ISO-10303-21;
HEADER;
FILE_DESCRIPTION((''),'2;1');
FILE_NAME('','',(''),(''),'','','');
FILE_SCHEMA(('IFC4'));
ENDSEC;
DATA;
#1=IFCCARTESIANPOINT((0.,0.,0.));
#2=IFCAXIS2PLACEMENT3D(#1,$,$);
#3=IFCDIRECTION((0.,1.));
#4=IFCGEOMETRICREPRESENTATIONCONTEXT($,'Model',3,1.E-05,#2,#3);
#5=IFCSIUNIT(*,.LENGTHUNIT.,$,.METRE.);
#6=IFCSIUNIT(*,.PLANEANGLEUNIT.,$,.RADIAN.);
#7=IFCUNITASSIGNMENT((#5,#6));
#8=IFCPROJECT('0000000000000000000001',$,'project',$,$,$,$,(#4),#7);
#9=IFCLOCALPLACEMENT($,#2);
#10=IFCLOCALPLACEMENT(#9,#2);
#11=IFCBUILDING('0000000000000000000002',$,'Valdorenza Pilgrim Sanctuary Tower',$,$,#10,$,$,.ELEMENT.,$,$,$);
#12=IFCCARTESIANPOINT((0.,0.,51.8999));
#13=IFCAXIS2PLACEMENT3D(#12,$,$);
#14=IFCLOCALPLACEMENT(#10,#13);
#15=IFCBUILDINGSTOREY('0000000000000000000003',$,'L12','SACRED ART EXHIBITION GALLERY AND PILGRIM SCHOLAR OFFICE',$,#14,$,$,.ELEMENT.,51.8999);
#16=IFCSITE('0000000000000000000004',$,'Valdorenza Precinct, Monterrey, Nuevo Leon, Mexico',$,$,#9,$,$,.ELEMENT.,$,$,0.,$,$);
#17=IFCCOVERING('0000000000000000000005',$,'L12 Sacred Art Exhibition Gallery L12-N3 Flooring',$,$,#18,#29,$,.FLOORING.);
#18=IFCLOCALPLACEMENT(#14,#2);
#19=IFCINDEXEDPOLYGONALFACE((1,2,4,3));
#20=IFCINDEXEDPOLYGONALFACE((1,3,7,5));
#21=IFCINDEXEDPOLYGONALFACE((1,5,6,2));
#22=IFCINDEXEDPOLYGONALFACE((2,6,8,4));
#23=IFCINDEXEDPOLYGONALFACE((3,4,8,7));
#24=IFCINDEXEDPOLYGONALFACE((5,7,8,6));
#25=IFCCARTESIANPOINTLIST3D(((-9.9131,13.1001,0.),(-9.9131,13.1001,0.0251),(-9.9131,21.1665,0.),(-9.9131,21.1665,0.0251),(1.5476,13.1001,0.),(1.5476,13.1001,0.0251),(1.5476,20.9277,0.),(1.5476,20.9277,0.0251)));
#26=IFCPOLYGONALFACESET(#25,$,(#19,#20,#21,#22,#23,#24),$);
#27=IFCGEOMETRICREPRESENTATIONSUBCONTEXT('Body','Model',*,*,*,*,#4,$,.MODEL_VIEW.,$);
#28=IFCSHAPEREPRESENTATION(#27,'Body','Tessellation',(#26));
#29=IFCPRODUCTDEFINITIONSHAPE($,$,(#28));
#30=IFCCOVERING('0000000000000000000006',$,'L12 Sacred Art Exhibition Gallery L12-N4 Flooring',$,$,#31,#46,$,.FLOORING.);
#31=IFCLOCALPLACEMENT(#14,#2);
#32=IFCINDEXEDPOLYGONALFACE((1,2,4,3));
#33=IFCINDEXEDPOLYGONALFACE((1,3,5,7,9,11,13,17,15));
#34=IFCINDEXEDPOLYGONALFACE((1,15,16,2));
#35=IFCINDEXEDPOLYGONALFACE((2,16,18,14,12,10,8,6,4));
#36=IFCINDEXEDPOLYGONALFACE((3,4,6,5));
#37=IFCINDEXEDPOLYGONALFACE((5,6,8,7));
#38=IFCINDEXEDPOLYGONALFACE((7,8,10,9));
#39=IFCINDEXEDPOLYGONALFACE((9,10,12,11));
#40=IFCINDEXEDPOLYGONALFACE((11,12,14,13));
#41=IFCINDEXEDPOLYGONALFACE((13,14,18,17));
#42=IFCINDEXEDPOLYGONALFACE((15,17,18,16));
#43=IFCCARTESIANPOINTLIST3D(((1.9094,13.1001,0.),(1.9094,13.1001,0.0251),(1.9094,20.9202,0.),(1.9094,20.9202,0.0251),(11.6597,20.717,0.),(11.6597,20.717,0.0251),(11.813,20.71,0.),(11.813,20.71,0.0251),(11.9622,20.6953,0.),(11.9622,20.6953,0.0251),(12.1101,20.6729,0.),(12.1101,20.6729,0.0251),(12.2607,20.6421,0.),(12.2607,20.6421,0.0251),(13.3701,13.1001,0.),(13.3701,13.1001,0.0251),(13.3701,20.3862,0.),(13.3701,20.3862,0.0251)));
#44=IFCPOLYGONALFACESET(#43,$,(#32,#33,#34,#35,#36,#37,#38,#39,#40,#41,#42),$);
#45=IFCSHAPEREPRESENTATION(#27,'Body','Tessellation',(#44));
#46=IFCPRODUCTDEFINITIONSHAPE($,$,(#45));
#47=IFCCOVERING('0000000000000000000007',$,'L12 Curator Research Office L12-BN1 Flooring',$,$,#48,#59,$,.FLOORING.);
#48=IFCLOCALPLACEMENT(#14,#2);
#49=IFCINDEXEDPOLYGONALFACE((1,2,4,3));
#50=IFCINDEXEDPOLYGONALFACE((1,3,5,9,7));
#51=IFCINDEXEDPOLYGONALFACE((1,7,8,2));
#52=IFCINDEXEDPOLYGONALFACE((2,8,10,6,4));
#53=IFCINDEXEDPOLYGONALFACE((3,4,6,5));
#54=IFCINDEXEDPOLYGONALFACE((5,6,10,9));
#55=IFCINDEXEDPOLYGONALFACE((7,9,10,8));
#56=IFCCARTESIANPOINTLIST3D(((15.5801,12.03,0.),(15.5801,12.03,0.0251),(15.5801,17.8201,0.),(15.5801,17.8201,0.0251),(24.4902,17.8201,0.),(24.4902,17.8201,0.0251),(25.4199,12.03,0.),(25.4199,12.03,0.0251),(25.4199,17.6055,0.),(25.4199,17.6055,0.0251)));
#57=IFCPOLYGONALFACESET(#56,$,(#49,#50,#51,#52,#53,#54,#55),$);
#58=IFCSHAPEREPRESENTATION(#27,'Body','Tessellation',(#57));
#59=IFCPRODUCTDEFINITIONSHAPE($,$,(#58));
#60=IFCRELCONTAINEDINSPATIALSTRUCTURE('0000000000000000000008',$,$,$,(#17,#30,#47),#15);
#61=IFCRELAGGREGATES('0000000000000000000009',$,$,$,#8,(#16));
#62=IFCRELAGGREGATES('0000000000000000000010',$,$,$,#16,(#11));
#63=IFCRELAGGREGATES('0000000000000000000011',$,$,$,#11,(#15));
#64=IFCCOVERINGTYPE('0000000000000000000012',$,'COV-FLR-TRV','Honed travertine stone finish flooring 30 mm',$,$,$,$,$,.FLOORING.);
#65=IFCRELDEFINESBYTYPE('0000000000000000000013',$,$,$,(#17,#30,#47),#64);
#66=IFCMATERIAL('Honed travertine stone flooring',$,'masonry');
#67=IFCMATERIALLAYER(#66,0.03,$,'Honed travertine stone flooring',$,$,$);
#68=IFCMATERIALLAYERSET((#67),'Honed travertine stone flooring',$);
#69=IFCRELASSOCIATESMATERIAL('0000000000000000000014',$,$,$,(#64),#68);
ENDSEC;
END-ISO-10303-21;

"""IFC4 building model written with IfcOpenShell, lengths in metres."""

from ifc_helpers import new_model, si_unit, direction, frame, origin, place, context, subcontext, project, spatial, polyline, outline, extrude, material, layer, layer_set, type_object, element, save


model = new_model("IFC4")

# Units and contexts
model_context = context("Model", 3, precision=1e-05, world=origin(), true_north=direction((0.0, 1.0)))
body_context = subcontext(model_context, "Body", "Model", "MODEL_VIEW")
ifc_project = project(units=[si_unit("LENGTHUNIT", "METRE"), si_unit("PLANEANGLEUNIT", "RADIAN")], contexts=[model_context])

# Site, building, storey
site_placement = place(None, origin())
site = spatial("IfcSite", under=ifc_project, at=site_placement, Name="Valdorenza Precinct, Monterrey, Nuevo Leon, Mexico", CompositionType="ELEMENT", RefElevation=0.0)
building_placement = place(site_placement, origin())
building = spatial("IfcBuilding", under=site, at=building_placement, Name="Valdorenza Pilgrim Sanctuary Tower", CompositionType="ELEMENT")
storey_placement = place(building_placement, frame((0.0, 0.0, 51.8999)))
storey = spatial("IfcBuildingStorey", under=building, at=storey_placement, Name="L12", Description="SACRED ART EXHIBITION GALLERY AND PILGRIM SCHOLAR OFFICE", CompositionType="ELEMENT", Elevation=51.8999)

# Coverings
ifc_material_1 = material(Name="Honed travertine stone flooring", Category="masonry")
ifc_layer_1 = layer(ifc_material_1, 0.03, Name="Honed travertine stone flooring")
ifc_layer_set_1 = layer_set([ifc_layer_1], Name="Honed travertine stone flooring")
covering_type_1 = type_object("IfcCoveringType", Name="COV-FLR-TRV", Description="Honed travertine stone finish flooring 30 mm", PredefinedType="FLOORING", material=ifc_layer_set_1)
covering_1_placement = place(storey_placement, origin())
element("IfcCovering", 1, at=covering_1_placement, inside=storey, type_object=covering_type_1, Name="L12 Sacred Art Exhibition Gallery L12-N3 Flooring", PredefinedType="FLOORING", context=body_context, shape_type="SweptSolid", body=[
    extrude(outline(polyline([(-9.9131, 13.1001), (-9.9131, 21.1665), (1.5476, 20.9277), (1.5476, 13.1001), (-9.9131, 13.1001)])), origin(), (0.0, 0.0, 1.0), 0.0251),
])
covering_2_placement = place(storey_placement, origin())
element("IfcCovering", 2, at=covering_2_placement, inside=storey, type_object=covering_type_1, Name="L12 Sacred Art Exhibition Gallery L12-N4 Flooring", PredefinedType="FLOORING", context=body_context, shape_type="SweptSolid", body=[
    extrude(outline(polyline([(1.9094, 13.1001), (1.9094, 20.9202), (11.6597, 20.717), (11.813, 20.71), (11.9622, 20.6953), (12.1101, 20.6729), (12.2607, 20.6421), (13.3701, 20.3862), (13.3701, 13.1001), (1.9094, 13.1001)])), origin(), (0.0, 0.0, 1.0), 0.0251),
])
covering_3_placement = place(storey_placement, origin())
element("IfcCovering", 3, at=covering_3_placement, inside=storey, type_object=covering_type_1, Name="L12 Curator Research Office L12-BN1 Flooring", PredefinedType="FLOORING", context=body_context, shape_type="SweptSolid", body=[
    extrude(outline(polyline([(15.5801, 12.03), (15.5801, 17.8201), (24.4902, 17.8201), (25.4199, 17.6055), (25.4199, 12.03), (15.5801, 12.03)])), origin(), (0.0, 0.0, 1.0), 0.0251),
])

save(model, "model.ifc")
